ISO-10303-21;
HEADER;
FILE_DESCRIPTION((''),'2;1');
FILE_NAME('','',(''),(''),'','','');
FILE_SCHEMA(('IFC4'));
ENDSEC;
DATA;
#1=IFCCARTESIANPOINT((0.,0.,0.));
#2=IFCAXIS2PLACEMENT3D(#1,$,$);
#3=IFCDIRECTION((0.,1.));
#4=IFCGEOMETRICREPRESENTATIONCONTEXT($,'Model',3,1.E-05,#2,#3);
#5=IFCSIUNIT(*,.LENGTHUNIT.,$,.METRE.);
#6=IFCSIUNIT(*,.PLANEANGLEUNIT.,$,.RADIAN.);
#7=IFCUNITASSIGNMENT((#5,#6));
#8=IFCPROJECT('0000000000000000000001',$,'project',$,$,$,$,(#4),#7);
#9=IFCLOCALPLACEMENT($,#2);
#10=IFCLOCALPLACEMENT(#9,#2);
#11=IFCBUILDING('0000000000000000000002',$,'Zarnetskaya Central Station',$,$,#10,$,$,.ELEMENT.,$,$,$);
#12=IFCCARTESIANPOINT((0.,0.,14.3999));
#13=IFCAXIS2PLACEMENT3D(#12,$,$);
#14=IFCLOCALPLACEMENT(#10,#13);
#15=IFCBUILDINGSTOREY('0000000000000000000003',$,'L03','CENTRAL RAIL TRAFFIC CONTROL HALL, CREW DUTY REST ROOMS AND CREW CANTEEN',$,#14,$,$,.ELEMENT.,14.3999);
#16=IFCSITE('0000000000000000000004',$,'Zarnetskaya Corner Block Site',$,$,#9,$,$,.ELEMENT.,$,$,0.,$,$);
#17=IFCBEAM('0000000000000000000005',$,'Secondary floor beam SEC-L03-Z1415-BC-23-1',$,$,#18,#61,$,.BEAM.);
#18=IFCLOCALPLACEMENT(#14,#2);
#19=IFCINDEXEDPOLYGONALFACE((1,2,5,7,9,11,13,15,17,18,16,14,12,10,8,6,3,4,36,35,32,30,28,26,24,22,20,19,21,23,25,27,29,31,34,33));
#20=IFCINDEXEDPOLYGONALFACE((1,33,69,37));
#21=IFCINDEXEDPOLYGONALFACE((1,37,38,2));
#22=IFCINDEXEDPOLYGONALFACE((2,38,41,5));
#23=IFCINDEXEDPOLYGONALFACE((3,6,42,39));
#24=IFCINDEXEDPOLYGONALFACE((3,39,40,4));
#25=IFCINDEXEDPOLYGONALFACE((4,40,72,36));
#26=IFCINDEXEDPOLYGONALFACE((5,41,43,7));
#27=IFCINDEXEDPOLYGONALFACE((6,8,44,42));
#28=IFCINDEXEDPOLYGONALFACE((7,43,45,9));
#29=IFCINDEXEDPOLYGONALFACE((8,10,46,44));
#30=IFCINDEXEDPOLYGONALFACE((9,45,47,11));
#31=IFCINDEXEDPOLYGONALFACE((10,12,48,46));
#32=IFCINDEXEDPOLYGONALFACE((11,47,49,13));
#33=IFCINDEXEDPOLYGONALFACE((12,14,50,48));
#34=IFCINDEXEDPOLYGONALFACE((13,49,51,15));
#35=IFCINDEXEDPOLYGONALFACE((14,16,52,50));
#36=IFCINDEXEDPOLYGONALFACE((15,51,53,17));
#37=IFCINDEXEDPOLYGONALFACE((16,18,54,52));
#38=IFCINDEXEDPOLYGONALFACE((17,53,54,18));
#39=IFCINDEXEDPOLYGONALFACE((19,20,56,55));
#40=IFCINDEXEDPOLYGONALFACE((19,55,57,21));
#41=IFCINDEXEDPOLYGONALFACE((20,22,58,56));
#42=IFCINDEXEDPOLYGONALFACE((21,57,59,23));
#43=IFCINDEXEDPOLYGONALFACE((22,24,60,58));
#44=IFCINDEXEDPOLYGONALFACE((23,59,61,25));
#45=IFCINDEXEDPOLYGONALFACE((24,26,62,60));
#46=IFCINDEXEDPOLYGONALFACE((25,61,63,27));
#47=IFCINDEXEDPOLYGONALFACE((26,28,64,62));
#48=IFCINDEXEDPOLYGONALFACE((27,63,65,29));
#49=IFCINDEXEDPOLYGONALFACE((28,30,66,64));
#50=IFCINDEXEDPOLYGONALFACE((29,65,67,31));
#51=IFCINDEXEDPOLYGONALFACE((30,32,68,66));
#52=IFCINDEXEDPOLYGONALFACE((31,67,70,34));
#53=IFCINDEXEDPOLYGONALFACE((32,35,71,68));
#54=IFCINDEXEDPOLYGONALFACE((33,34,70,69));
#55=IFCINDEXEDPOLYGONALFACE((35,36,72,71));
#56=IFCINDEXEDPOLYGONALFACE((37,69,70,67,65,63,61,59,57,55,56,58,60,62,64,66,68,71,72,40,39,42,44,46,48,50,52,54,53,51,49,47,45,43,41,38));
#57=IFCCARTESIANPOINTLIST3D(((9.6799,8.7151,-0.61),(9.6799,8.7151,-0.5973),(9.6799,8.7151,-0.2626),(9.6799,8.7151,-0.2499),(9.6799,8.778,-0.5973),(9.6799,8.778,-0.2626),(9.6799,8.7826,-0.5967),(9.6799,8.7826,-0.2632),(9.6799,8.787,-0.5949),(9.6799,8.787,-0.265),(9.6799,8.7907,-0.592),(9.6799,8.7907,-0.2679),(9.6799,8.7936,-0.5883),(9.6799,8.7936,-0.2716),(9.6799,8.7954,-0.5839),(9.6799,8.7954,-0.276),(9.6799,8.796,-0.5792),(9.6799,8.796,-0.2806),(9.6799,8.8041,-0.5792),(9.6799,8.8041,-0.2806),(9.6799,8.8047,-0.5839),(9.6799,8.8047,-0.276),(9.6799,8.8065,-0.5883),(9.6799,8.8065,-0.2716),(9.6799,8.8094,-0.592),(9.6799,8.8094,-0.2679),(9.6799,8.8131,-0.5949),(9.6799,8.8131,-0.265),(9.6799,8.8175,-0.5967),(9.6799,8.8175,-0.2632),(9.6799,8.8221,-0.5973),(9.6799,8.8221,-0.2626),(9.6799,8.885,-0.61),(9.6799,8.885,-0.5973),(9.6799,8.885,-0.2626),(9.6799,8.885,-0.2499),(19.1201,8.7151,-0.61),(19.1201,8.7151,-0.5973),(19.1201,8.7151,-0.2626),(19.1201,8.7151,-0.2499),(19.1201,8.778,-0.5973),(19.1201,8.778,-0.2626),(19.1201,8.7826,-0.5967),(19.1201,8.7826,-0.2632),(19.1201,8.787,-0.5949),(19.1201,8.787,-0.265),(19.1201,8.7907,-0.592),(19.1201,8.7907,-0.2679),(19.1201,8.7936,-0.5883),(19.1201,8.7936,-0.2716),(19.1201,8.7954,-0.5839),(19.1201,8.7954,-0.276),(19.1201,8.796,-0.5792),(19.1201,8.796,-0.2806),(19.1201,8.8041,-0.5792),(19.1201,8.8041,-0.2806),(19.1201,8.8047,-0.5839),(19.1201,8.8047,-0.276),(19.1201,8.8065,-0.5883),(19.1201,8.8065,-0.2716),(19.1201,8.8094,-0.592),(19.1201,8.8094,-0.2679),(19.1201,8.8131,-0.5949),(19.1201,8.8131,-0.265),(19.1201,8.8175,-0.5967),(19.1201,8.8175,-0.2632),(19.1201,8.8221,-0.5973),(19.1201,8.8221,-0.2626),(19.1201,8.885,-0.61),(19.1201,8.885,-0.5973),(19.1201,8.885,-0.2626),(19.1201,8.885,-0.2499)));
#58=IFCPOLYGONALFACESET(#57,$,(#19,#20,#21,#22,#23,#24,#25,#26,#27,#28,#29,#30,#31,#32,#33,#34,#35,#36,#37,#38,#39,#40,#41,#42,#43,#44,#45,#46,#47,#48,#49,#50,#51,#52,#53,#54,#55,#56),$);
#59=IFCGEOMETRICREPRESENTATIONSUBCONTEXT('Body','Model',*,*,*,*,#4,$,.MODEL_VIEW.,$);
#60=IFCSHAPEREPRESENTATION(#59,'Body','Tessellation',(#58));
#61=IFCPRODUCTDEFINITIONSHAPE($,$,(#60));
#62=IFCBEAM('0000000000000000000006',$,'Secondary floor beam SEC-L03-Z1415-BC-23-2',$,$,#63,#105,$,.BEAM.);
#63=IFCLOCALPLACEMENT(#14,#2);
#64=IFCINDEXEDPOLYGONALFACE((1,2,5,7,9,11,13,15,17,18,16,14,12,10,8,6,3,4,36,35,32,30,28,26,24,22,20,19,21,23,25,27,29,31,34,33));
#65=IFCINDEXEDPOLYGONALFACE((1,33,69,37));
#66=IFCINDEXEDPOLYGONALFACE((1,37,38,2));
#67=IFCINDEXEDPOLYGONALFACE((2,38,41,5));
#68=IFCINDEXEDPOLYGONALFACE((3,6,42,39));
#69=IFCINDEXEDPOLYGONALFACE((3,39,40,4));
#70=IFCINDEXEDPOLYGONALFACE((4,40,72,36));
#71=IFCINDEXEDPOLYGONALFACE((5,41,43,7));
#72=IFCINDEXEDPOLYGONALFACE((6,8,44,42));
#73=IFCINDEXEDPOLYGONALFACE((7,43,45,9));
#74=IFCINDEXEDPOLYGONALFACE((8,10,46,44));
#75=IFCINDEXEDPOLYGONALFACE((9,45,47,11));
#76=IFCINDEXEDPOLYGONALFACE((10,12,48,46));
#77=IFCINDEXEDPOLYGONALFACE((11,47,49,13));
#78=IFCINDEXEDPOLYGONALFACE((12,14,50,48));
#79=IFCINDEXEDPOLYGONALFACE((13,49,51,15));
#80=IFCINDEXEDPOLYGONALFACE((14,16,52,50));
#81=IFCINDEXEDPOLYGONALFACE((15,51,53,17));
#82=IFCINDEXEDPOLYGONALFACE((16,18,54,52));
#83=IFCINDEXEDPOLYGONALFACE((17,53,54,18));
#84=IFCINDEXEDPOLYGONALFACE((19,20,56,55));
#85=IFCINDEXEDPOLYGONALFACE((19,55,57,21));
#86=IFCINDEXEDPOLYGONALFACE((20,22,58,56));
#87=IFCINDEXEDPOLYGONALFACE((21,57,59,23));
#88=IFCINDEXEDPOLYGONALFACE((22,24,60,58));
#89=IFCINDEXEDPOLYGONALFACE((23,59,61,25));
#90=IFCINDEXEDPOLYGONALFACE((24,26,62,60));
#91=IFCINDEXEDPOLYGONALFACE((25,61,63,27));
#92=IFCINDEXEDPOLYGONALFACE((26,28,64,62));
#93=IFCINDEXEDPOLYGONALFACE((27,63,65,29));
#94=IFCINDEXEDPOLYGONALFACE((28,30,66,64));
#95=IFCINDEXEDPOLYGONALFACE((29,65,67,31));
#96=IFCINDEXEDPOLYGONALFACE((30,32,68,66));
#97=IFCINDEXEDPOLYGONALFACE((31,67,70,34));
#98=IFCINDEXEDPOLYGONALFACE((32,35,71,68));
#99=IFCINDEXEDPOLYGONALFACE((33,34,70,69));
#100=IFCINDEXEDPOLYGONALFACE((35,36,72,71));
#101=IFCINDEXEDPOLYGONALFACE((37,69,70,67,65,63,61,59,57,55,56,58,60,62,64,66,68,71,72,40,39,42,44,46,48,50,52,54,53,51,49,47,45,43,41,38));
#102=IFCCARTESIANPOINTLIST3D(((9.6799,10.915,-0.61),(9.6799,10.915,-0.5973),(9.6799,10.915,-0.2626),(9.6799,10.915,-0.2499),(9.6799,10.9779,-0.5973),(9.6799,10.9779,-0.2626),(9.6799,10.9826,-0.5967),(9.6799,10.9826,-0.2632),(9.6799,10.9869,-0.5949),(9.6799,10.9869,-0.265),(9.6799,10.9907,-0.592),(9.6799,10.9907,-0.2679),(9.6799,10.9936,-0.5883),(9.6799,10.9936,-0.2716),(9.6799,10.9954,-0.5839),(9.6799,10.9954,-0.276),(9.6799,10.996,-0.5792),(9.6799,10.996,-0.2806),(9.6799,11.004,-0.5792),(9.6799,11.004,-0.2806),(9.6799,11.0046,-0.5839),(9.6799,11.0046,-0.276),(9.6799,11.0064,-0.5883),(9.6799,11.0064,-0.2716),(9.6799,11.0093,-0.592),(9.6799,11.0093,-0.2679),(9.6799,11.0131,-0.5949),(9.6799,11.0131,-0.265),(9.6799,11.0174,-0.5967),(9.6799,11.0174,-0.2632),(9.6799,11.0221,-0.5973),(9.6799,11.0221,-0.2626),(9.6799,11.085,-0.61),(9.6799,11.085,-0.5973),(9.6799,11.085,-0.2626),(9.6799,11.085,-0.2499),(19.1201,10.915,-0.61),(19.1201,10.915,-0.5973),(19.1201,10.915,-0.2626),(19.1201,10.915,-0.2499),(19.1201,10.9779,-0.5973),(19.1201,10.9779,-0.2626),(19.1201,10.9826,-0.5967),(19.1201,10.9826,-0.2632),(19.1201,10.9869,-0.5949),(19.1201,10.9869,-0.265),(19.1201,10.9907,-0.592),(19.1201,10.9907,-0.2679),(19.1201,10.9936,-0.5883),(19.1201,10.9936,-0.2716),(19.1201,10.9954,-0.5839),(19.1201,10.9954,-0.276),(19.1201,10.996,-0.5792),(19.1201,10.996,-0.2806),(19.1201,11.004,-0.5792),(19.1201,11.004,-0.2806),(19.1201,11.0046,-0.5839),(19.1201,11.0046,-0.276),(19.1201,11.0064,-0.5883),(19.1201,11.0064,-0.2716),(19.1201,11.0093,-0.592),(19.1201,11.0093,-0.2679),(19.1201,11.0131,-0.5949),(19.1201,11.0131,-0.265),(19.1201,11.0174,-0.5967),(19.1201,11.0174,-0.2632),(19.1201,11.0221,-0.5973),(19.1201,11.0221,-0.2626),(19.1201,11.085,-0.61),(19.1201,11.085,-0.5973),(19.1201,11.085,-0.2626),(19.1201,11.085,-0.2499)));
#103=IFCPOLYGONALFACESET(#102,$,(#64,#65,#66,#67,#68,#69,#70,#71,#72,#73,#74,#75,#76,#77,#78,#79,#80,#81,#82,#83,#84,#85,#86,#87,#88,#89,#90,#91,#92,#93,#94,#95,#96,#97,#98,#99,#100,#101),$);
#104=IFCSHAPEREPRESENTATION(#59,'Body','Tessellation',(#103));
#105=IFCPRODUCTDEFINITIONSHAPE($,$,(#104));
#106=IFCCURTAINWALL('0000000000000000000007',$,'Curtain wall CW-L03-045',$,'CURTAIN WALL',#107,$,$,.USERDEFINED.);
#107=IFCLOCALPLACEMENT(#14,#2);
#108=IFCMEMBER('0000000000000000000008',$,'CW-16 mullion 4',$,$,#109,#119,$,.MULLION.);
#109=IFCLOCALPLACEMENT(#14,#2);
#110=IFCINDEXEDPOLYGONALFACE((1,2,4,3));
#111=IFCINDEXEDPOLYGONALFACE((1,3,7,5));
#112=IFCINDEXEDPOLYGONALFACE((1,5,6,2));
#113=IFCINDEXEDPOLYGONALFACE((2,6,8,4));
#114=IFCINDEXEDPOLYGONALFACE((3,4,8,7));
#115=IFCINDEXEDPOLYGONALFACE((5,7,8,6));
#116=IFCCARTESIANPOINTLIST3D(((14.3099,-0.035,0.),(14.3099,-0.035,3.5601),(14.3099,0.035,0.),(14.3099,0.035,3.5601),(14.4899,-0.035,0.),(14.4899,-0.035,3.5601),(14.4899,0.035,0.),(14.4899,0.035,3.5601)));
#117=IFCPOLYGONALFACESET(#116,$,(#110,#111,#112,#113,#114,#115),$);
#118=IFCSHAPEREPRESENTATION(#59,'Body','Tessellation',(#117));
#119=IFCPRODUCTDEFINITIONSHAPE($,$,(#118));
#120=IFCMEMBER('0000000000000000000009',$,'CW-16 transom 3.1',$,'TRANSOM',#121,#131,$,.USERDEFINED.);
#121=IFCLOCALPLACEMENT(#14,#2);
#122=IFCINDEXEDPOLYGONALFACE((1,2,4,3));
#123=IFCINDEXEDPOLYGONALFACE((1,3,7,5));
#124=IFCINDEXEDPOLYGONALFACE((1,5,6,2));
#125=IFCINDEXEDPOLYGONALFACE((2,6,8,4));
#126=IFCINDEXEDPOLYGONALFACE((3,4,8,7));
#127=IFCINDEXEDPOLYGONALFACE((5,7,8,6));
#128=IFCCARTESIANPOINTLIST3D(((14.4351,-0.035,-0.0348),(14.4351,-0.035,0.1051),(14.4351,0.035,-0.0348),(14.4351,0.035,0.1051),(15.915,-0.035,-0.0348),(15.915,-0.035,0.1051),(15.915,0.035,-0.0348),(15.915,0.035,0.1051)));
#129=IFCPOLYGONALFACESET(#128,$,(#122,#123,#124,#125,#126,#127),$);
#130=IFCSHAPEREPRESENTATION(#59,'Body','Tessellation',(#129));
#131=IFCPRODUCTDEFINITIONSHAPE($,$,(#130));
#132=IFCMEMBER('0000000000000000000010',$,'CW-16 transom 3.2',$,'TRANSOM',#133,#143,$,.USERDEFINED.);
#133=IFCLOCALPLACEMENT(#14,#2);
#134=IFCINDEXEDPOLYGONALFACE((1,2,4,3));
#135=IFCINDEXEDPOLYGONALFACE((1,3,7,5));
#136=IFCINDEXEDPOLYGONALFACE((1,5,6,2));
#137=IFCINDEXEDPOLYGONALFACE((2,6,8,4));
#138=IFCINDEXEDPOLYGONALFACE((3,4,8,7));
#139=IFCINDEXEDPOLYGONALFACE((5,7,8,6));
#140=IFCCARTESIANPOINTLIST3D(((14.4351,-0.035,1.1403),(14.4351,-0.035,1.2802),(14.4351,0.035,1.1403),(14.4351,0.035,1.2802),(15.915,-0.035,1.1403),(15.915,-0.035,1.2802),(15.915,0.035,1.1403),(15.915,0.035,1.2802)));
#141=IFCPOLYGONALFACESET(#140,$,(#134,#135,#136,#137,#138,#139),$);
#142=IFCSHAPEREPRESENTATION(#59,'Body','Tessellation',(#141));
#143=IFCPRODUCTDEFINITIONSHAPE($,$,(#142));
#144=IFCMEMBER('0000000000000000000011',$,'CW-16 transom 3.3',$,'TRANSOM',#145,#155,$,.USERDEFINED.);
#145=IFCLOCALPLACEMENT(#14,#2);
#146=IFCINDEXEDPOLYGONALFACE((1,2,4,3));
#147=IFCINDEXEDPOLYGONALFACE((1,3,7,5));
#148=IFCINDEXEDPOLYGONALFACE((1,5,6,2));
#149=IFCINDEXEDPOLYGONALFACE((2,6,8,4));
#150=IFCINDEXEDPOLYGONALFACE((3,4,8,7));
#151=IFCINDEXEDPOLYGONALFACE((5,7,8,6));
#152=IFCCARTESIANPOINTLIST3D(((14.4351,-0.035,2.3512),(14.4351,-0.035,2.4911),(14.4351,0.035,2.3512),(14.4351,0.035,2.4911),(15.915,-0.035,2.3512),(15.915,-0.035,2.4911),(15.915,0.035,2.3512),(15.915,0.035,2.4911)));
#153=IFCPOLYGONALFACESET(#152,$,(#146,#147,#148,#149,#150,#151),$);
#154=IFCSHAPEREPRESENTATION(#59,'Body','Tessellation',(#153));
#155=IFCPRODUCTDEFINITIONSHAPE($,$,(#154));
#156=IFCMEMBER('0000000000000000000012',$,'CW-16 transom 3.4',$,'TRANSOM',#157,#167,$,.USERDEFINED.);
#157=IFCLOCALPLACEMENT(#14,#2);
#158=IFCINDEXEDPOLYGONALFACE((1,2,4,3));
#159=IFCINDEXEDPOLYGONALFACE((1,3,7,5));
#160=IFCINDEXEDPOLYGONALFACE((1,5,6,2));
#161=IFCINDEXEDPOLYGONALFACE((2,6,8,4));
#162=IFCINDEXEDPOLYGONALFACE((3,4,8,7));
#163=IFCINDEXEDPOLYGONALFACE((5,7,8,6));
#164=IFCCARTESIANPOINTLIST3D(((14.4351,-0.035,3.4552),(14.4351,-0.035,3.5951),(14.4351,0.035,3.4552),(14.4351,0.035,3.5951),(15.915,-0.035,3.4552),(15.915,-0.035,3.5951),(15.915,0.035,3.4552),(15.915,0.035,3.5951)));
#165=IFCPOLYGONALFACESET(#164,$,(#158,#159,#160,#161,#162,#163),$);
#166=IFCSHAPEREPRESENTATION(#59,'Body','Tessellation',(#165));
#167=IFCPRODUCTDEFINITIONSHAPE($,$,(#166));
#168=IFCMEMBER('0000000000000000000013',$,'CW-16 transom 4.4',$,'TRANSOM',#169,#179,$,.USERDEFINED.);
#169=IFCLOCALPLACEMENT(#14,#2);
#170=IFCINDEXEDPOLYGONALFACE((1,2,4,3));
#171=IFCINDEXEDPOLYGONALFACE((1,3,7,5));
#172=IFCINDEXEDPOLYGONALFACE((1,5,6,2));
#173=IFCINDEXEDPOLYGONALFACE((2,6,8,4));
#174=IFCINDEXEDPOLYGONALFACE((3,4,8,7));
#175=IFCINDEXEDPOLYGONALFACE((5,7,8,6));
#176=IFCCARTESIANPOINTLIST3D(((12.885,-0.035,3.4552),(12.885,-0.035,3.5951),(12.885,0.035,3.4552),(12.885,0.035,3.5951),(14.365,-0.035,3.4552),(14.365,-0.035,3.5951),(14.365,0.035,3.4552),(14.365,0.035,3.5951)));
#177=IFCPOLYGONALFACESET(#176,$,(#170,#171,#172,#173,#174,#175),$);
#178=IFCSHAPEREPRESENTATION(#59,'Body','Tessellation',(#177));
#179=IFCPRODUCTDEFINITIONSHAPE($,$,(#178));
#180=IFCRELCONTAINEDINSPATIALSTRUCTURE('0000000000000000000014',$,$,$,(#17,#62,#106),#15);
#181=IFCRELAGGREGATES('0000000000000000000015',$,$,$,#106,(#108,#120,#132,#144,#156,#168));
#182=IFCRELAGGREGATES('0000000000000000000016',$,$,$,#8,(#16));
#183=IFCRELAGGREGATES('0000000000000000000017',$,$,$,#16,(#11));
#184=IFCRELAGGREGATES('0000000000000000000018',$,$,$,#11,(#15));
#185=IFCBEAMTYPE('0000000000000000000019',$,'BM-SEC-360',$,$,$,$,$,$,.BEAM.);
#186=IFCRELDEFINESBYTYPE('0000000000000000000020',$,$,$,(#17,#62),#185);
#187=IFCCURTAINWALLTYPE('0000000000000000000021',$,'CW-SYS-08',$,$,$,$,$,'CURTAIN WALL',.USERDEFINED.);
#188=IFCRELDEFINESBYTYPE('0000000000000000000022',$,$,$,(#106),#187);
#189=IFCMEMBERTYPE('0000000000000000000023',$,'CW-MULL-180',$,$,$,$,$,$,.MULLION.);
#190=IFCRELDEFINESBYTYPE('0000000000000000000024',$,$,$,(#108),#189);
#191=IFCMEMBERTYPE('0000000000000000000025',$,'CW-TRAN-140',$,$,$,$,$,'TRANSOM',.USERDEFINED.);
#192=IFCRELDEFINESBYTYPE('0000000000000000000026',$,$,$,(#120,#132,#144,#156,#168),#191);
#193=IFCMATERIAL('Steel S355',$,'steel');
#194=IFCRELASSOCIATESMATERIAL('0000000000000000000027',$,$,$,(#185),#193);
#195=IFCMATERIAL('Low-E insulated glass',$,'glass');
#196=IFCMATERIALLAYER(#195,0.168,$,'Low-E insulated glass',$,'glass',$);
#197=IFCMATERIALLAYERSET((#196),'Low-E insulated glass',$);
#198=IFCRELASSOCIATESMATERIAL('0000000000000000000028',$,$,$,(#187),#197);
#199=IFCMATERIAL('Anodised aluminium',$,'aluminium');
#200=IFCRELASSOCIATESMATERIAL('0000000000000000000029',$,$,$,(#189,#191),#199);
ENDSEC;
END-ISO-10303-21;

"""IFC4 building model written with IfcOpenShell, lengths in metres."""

from ifc_helpers import new_model, si_unit, direction, frame, origin, origin_2d, place, context, subcontext, project, spatial, rectangle, i_section, extrude, material, layer, layer_set, material_profile, profile_set, type_object, element, aggregate, save


model = new_model("IFC4")

# Units and contexts
model_context = context("Model", 3, precision=1e-05, world=origin(), true_north=direction((0.0, 1.0)))
body_context = subcontext(model_context, "Body", "Model", "MODEL_VIEW")
ifc_project = project(units=[si_unit("LENGTHUNIT", "METRE"), si_unit("PLANEANGLEUNIT", "RADIAN")], contexts=[model_context])

# Site, building, storey
site_placement = place(None, origin())
site = spatial("IfcSite", under=ifc_project, at=site_placement, Name="Zarnetskaya Corner Block Site", CompositionType="ELEMENT", RefElevation=0.0)
building_placement = place(site_placement, origin())
building = spatial("IfcBuilding", under=site, at=building_placement, Name="Zarnetskaya Central Station", CompositionType="ELEMENT")
storey_placement = place(building_placement, frame((0.0, 0.0, 14.3999)))
storey = spatial("IfcBuildingStorey", under=building, at=storey_placement, Name="L03", Description="CENTRAL RAIL TRAFFIC CONTROL HALL, CREW DUTY REST ROOMS AND CREW CANTEEN", CompositionType="ELEMENT", Elevation=14.3999)

# Shared definitions
ifc_material_1 = material(Name="Steel S355", Category="steel")

# Beams
ifc_material_profile_1 = material_profile(ifc_material_1, i_section(OverallWidth=0.1699, OverallDepth=0.3601, WebThickness=0.0081, FlangeThickness=0.0127, FilletRadius=0.0181, at=origin_2d()), Name="IPE 360")
ifc_profile_set_1 = profile_set([ifc_material_profile_1], Name="Steel S355")
beam_type_1 = type_object("IfcBeamType", Name="BM-SEC-360", PredefinedType="BEAM", material=ifc_profile_set_1)
for number, where, z_axis, x_axis, name in (
    (1, (9.6799, 8.8, -0.4299), (1.0, 0.0, 0.0), (0.0, 1.0, 0.0), "Secondary floor beam SEC-L03-Z1415-BC-23-1"),
    (2, (9.6799, 11.0, -0.4299), (1.0, 0.0, 0.0), (0.0, 1.0, 0.0), "Secondary floor beam SEC-L03-Z1415-BC-23-2"),
):
    element("IfcBeam", number, at=place(storey_placement, frame(where, z_axis=z_axis, x_axis=x_axis)), inside=storey, type_object=beam_type_1, Name=name, PredefinedType="BEAM", context=body_context, shape_type="SweptSolid", body=[
        extrude(i_section(OverallWidth=0.1699, OverallDepth=0.3601, WebThickness=0.0081, FlangeThickness=0.0127, FilletRadius=0.0181, at=origin_2d()), origin(), (0.0, 0.0, 1.0), 9.4402),
    ])

# Curtain wall, members
ifc_material_2 = material(Name="Low-E insulated glass", Category="glass")
ifc_layer_1 = layer(ifc_material_2, 0.168, Name="Low-E insulated glass", Category="glass")
ifc_layer_set_1 = layer_set([ifc_layer_1], Name="Low-E insulated glass")
curtain_wall_type = type_object("IfcCurtainWallType", Name="CW-SYS-08", ElementType="CURTAIN WALL", PredefinedType="USERDEFINED", material=ifc_layer_set_1)
curtain_wall_placement = place(storey_placement, origin())
curtain_wall = element("IfcCurtainWall", 3, at=curtain_wall_placement, inside=storey, type_object=curtain_wall_type, Name="Curtain wall CW-L03-045", ObjectType="CURTAIN WALL", PredefinedType="USERDEFINED")
ifc_material_3 = material(Name="Anodised aluminium", Category="aluminium")
ifc_material_profile_2 = material_profile(ifc_material_3, rectangle(XDim=0.0701, YDim=0.1799, at=origin_2d()), Name="ALU MULL 70x180")
ifc_profile_set_2 = profile_set([ifc_material_profile_2], Name="Anodised aluminium")
member_type_1 = type_object("IfcMemberType", Name="CW-MULL-180", PredefinedType="MULLION", material=ifc_profile_set_2)
member_1_placement = place(storey_placement, frame((14.3999, 0.0, 0.0), z_axis=(0.0, 0.0, 1.0), x_axis=(0.0, -1.0, 0.0)))
member_1 = element("IfcMember", 4, at=member_1_placement, type_object=member_type_1, Name="CW-16 mullion 4", PredefinedType="MULLION", context=body_context, shape_type="SweptSolid", body=[
    extrude(rectangle(XDim=0.0701, YDim=0.1799, at=origin_2d()), origin(), (0.0, 0.0, 1.0), 3.5601),
])
ifc_material_profile_3 = material_profile(ifc_material_3, rectangle(XDim=0.0701, YDim=0.1399, at=origin_2d()), Name="ALU TRAN 70x140")
ifc_profile_set_3 = profile_set([ifc_material_profile_3], Name="Anodised aluminium")
member_type_2 = type_object("IfcMemberType", Name="CW-TRAN-140", ElementType="TRANSOM", PredefinedType="USERDEFINED", material=ifc_profile_set_3)
member_2_placement = place(storey_placement, frame((15.915, 0.0, 0.0352), z_axis=(-1.0, 0.0, 0.0), x_axis=(0.0, -1.0, 0.0)))
member_2 = element("IfcMember", 5, at=member_2_placement, type_object=member_type_2, Name="CW-16 transom 3.1", ObjectType="TRANSOM", PredefinedType="USERDEFINED", context=body_context, shape_type="SweptSolid", body=[
    extrude(rectangle(XDim=0.0701, YDim=0.1399, at=origin_2d()), origin(), (0.0, 0.0, 1.0), 1.48),
])
member_3_placement = place(storey_placement, frame((15.915, 0.0, 1.2102), z_axis=(-1.0, 0.0, 0.0), x_axis=(0.0, -1.0, 0.0)))
member_3 = element("IfcMember", 6, at=member_3_placement, type_object=member_type_2, Name="CW-16 transom 3.2", ObjectType="TRANSOM", PredefinedType="USERDEFINED", context=body_context, shape_type="SweptSolid", body=[
    extrude(rectangle(XDim=0.0701, YDim=0.1399, at=origin_2d()), origin(), (0.0, 0.0, 1.0), 1.48),
])
member_4_placement = place(storey_placement, frame((15.915, 0.0, 2.4211), z_axis=(-1.0, 0.0, 0.0), x_axis=(0.0, -1.0, 0.0)))
member_4 = element("IfcMember", 7, at=member_4_placement, type_object=member_type_2, Name="CW-16 transom 3.3", ObjectType="TRANSOM", PredefinedType="USERDEFINED", context=body_context, shape_type="SweptSolid", body=[
    extrude(rectangle(XDim=0.0701, YDim=0.1399, at=origin_2d()), origin(), (0.0, 0.0, 1.0), 1.48),
])
member_5_placement = place(storey_placement, frame((15.915, 0.0, 3.5251), z_axis=(-1.0, 0.0, 0.0), x_axis=(0.0, -1.0, 0.0)))
member_5 = element("IfcMember", 8, at=member_5_placement, type_object=member_type_2, Name="CW-16 transom 3.4", ObjectType="TRANSOM", PredefinedType="USERDEFINED", context=body_context, shape_type="SweptSolid", body=[
    extrude(rectangle(XDim=0.0701, YDim=0.1399, at=origin_2d()), origin(), (0.0, 0.0, 1.0), 1.48),
])
member_6_placement = place(storey_placement, frame((14.365, 0.0, 3.5251), z_axis=(-1.0, 0.0, 0.0), x_axis=(0.0, -1.0, 0.0)))
member_6 = element("IfcMember", 9, at=member_6_placement, type_object=member_type_2, Name="CW-16 transom 4.4", ObjectType="TRANSOM", PredefinedType="USERDEFINED", context=body_context, shape_type="SweptSolid", body=[
    extrude(rectangle(XDim=0.0701, YDim=0.1399, at=origin_2d()), origin(), (0.0, 0.0, 1.0), 1.48),
])

aggregate(curtain_wall, [member_1, member_2, member_3, member_4, member_5, member_6])

save(model, "model.ifc")
